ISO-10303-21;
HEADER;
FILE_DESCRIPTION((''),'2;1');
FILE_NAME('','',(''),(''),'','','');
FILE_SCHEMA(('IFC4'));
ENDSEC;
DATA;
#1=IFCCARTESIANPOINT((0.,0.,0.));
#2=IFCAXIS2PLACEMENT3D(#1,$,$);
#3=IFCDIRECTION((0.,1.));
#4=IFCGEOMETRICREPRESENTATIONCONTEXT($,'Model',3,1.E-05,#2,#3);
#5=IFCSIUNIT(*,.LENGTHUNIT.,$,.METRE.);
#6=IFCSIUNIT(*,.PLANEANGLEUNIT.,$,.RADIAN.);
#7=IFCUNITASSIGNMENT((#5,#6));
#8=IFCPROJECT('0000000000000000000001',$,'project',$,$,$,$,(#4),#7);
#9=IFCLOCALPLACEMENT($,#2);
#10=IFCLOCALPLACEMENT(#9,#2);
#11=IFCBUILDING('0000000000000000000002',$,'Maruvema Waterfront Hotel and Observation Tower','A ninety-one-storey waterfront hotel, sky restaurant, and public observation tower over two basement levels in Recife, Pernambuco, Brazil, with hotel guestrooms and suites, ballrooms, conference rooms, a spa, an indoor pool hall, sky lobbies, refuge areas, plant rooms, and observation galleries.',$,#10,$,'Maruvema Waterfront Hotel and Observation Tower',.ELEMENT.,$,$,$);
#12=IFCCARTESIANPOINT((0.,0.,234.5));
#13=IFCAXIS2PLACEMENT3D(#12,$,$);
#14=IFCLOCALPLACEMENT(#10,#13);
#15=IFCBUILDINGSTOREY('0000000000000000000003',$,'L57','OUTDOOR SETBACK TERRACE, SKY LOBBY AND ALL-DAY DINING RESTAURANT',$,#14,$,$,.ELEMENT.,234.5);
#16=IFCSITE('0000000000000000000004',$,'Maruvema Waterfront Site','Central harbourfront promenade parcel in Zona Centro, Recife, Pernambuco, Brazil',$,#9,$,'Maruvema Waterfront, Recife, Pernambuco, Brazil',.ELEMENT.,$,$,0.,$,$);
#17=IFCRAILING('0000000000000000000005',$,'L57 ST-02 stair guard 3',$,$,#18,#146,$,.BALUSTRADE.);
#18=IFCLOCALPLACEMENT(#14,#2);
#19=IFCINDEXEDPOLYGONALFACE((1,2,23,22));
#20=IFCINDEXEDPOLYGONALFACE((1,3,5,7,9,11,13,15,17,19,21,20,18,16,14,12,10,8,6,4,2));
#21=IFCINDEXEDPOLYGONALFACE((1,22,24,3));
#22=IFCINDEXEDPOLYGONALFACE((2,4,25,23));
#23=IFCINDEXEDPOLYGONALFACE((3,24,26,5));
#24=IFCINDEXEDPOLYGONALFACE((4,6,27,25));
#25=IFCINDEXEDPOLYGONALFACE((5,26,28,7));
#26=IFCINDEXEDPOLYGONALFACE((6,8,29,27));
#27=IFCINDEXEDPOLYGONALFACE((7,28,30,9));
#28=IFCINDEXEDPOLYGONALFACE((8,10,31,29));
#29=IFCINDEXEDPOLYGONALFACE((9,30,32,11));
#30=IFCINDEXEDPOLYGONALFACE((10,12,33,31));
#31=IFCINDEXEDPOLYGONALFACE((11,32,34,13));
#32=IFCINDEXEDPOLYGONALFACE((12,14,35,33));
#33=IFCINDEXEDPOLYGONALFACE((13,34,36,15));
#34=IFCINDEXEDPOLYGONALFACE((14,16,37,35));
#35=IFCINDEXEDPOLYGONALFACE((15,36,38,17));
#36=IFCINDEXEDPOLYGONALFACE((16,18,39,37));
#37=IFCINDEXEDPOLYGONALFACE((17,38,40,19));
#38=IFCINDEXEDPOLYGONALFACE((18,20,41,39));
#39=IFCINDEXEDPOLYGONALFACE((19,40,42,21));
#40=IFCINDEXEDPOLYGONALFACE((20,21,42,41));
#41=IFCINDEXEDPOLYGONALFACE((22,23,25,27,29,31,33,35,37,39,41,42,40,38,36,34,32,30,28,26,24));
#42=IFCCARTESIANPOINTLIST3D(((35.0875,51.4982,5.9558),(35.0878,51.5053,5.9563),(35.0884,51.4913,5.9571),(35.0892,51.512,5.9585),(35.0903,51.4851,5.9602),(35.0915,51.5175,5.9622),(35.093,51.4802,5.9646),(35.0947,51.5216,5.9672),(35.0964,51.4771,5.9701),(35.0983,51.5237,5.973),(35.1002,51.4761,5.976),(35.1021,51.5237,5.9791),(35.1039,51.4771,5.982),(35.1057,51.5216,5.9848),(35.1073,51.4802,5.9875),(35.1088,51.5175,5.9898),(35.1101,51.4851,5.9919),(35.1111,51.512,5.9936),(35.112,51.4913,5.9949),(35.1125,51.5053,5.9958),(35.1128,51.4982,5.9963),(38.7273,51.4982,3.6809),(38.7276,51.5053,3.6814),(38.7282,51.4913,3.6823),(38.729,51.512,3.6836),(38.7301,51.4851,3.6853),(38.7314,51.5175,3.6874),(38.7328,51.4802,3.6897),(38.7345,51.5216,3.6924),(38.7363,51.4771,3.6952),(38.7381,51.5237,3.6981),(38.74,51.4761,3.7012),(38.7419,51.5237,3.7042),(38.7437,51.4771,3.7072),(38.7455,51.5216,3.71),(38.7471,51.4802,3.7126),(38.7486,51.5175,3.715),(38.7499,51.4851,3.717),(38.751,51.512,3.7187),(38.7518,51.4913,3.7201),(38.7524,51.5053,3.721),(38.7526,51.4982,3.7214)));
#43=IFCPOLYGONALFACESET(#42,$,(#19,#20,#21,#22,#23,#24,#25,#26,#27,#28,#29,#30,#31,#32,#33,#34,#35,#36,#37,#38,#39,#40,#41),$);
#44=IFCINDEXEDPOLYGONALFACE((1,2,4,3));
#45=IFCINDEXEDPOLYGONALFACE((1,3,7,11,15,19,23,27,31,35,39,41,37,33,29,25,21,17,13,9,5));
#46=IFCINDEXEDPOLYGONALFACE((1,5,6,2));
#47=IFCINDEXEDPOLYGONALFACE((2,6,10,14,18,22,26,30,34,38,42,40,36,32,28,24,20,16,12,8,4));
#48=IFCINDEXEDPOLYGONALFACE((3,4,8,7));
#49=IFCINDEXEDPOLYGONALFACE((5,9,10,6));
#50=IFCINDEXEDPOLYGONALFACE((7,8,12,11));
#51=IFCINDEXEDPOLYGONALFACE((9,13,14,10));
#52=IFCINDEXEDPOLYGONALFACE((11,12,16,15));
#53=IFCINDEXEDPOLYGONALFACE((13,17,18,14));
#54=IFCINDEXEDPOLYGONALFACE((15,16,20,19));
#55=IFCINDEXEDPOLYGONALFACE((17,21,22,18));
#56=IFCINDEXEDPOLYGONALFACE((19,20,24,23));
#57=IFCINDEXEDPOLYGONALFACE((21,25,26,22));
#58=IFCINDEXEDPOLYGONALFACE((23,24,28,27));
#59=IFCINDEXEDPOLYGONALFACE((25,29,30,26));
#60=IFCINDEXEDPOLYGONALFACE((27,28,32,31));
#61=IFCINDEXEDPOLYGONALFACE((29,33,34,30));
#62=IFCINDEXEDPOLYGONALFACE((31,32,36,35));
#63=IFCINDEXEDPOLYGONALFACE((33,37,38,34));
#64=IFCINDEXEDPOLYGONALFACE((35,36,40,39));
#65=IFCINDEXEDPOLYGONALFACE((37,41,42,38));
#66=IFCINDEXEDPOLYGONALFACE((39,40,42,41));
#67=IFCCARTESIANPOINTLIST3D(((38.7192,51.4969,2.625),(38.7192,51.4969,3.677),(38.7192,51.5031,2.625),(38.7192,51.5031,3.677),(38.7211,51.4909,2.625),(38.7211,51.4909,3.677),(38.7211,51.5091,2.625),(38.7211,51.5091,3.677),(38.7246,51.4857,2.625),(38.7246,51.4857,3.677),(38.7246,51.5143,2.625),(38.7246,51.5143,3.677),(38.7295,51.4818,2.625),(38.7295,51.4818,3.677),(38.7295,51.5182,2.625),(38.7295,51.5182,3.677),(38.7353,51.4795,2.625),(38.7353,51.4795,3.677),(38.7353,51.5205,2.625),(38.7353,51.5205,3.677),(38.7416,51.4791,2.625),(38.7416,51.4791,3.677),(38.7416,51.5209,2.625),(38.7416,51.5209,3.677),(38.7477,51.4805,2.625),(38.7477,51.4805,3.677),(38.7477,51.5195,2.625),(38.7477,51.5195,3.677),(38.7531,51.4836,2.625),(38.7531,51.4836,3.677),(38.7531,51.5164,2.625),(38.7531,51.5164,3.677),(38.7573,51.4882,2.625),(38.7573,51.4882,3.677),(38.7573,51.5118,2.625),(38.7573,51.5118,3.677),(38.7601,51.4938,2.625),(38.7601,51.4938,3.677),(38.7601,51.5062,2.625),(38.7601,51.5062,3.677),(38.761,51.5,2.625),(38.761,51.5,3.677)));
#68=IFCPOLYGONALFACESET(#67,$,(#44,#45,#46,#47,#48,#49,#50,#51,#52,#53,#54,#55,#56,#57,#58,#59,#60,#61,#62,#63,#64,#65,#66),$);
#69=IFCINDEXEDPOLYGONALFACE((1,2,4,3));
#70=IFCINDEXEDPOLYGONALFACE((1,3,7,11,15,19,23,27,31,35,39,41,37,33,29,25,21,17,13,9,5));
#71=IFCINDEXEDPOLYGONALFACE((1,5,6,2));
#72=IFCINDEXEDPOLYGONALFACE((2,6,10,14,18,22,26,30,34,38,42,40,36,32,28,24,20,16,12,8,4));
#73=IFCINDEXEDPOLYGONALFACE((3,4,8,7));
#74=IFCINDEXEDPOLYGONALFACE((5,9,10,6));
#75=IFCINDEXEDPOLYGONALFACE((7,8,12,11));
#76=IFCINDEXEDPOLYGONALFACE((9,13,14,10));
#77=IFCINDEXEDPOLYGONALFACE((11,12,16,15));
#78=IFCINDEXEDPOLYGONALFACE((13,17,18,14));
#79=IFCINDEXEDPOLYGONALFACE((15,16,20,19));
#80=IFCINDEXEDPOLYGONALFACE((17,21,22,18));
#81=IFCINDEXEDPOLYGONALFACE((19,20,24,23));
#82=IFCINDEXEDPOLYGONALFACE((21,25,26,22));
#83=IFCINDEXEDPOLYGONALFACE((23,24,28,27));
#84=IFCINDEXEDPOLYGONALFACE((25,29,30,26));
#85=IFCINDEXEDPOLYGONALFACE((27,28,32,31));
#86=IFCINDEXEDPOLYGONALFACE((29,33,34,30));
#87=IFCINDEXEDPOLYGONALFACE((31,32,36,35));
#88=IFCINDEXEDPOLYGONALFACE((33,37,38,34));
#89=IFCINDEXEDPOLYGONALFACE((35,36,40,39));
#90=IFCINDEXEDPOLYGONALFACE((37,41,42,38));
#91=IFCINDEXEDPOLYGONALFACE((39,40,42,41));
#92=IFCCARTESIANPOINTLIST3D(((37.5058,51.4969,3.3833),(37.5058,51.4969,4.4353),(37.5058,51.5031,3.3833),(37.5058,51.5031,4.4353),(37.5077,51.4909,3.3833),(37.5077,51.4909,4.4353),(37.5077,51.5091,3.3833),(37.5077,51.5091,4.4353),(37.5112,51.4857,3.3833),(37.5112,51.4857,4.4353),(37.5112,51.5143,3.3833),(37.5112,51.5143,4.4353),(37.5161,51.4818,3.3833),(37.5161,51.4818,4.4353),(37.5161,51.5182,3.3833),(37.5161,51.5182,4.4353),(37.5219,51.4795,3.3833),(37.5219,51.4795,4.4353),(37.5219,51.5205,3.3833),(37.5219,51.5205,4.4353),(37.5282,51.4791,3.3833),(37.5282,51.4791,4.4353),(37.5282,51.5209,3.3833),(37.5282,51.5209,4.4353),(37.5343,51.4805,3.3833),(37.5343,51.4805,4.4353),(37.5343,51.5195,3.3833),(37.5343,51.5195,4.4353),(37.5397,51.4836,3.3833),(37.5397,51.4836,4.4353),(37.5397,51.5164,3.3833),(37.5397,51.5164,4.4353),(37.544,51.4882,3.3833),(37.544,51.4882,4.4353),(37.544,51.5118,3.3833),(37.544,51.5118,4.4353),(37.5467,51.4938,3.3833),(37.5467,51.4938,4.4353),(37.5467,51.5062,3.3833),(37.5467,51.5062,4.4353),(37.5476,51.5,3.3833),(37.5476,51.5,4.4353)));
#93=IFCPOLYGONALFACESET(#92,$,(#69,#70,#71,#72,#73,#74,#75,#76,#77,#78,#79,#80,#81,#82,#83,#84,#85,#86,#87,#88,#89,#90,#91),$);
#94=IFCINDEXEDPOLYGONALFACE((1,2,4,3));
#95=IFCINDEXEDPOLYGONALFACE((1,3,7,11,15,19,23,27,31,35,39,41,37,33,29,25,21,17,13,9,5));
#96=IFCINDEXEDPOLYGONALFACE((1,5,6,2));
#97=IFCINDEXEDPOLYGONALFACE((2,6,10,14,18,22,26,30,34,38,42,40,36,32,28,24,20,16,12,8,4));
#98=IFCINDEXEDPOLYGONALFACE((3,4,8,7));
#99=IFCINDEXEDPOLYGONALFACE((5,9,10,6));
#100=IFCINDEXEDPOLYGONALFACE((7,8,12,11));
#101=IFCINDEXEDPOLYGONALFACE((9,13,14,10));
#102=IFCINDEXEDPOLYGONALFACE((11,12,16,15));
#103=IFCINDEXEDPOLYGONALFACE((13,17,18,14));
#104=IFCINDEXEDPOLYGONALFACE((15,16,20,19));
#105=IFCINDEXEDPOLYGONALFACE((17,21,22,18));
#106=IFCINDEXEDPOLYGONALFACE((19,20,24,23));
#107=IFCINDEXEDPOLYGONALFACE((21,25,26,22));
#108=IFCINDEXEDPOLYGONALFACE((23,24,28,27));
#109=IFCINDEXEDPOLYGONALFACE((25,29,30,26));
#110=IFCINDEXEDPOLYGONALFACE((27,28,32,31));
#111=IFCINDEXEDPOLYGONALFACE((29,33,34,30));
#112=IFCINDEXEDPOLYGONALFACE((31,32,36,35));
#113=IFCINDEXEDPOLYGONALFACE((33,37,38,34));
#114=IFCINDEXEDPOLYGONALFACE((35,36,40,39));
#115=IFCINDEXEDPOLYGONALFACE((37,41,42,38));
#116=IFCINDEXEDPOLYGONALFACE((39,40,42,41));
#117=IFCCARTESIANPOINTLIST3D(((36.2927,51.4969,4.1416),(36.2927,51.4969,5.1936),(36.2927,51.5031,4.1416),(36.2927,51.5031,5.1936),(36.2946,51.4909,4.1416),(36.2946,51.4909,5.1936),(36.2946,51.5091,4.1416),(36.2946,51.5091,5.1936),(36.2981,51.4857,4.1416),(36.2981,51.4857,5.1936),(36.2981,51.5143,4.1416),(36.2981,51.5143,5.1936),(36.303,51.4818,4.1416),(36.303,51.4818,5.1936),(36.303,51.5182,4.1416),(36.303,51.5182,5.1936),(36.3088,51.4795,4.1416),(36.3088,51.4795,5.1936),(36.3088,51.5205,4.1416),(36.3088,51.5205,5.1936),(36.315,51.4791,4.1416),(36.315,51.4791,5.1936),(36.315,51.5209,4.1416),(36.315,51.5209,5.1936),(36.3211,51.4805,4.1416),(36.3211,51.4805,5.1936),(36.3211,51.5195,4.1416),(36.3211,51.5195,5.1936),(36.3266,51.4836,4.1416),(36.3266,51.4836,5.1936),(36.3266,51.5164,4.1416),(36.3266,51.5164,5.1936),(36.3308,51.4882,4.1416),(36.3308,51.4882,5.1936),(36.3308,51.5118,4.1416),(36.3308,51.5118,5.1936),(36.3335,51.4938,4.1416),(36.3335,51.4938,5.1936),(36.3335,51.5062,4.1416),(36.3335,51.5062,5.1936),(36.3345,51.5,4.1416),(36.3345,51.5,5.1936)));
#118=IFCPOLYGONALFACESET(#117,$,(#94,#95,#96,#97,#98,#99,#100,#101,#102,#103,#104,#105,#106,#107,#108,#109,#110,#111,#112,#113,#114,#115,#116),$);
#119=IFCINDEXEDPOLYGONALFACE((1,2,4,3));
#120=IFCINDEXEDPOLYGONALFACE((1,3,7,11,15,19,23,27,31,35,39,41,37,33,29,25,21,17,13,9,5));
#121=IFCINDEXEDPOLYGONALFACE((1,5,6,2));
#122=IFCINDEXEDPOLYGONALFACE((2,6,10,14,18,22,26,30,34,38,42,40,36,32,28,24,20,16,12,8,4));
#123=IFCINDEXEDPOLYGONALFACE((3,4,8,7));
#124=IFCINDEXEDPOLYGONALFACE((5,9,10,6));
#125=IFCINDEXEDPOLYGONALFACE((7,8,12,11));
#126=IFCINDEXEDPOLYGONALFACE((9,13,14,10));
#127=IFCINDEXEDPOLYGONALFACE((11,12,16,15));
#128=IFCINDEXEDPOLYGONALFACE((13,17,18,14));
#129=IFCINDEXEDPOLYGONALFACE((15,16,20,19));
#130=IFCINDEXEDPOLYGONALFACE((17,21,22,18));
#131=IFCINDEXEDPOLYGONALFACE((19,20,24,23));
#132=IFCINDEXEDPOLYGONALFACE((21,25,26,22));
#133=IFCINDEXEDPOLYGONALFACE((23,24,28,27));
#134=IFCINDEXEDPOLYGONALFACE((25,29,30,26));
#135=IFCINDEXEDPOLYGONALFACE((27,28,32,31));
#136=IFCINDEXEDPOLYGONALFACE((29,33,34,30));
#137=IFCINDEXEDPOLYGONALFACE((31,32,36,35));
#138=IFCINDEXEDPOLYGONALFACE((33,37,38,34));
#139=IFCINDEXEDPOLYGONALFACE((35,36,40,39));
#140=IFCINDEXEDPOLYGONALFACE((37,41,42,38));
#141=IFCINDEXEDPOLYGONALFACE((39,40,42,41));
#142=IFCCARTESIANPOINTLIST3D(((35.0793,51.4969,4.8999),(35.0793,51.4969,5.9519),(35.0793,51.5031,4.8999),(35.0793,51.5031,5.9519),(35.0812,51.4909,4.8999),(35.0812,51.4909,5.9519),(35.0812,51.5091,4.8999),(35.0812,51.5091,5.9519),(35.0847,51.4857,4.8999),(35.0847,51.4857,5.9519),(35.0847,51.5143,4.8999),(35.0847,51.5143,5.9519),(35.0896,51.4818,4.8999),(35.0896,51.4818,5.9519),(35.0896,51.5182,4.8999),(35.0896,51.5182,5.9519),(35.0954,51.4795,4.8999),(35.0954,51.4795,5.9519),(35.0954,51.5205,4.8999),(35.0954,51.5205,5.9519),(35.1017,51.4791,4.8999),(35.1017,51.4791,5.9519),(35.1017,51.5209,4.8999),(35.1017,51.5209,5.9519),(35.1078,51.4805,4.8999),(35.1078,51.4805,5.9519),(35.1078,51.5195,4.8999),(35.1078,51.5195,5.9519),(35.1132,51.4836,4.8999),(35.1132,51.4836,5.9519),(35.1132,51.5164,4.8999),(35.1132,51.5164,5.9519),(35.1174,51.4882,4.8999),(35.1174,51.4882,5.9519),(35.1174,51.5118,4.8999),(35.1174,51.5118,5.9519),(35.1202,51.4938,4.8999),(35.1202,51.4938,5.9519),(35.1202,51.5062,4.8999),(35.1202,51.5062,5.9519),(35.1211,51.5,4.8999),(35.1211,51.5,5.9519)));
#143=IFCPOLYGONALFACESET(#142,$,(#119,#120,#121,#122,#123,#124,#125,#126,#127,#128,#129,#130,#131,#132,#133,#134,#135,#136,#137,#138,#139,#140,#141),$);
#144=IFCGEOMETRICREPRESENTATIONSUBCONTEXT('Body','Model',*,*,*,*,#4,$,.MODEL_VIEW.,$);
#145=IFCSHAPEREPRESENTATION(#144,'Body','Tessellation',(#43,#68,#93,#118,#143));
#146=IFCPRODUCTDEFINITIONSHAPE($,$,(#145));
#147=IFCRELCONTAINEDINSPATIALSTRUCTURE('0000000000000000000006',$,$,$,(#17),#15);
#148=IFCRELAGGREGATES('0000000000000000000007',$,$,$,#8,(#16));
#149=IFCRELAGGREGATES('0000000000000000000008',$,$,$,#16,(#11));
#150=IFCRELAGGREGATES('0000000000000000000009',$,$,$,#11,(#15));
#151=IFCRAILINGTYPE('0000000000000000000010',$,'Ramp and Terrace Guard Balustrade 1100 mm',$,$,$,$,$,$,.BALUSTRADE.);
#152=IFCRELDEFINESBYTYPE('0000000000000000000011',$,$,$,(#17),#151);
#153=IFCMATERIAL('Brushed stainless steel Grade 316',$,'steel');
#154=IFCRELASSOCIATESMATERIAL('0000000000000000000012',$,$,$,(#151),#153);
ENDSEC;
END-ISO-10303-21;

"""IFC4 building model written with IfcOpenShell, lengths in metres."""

from ifc_helpers import new_model, si_unit, direction, frame, origin, origin_2d, place, context, subcontext, project, spatial, circle, extrude, material, type_object, element, save


model = new_model("IFC4")

# Units and contexts
model_context = context("Model", 3, precision=1e-05, world=origin(), true_north=direction((0.0, 1.0)))
body_context = subcontext(model_context, "Body", "Model", "MODEL_VIEW")
ifc_project = project(units=[si_unit("LENGTHUNIT", "METRE"), si_unit("PLANEANGLEUNIT", "RADIAN")], contexts=[model_context])

# Site, building, storey
site_placement = place(None, origin())
site = spatial("IfcSite", under=ifc_project, at=site_placement, Name="Maruvema Waterfront Site", Description="Central harbourfront promenade parcel in Zona Centro, Recife, Pernambuco, Brazil", LongName="Maruvema Waterfront, Recife, Pernambuco, Brazil", CompositionType="ELEMENT", RefElevation=0.0)
building_placement = place(site_placement, origin())
building = spatial("IfcBuilding", under=site, at=building_placement, Name="Maruvema Waterfront Hotel and Observation Tower", Description="A ninety-one-storey waterfront hotel, sky restaurant, and public observation tower over two basement levels in Recife, Pernambuco, Brazil, with hotel guestrooms and suites, ballrooms, conference rooms, a spa, an indoor pool hall, sky lobbies, refuge areas, plant rooms, and observation galleries.", LongName="Maruvema Waterfront Hotel and Observation Tower", CompositionType="ELEMENT")
storey_placement = place(building_placement, frame((0.0, 0.0, 234.5)))
storey = spatial("IfcBuildingStorey", under=building, at=storey_placement, Name="L57", Description="OUTDOOR SETBACK TERRACE, SKY LOBBY AND ALL-DAY DINING RESTAURANT", CompositionType="ELEMENT", Elevation=234.5)

# Railing
ifc_material_1 = material(Name="Brushed stainless steel Grade 316", Category="steel")
railing_type_1 = type_object("IfcRailingType", Name="Ramp and Terrace Guard Balustrade 1100 mm", PredefinedType="BALUSTRADE", material=ifc_material_1)
railing_1_placement = place(storey_placement, frame((38.74, 51.5, 2.625)))
element("IfcRailing", 1, at=railing_1_placement, inside=storey, type_object=railing_type_1, Name="L57 ST-02 stair guard 3", PredefinedType="BALUSTRADE", context=body_context, shape_type="SweptSolid", body=[
    extrude(circle(Radius=0.0239, at=origin_2d()), frame((0.0, 0.0, 1.0762), z_axis=(-0.848001, 0.0, 0.529994), x_axis=(0.0, -1.0, 0.0)), (0.0, 0.0, 1.0), 4.2922),
    extrude(circle(Radius=0.021, at=origin_2d()), origin(), (0.0, 0.0, 1.0), 1.052),
    extrude(circle(Radius=0.021, at=origin_2d()), frame((-1.2134, 0.0, 0.7583)), (0.0, 0.0, 1.0), 1.052),
    extrude(circle(Radius=0.021, at=origin_2d()), frame((-2.4265, 0.0, 1.5166)), (0.0, 0.0, 1.0), 1.052),
    extrude(circle(Radius=0.021, at=origin_2d()), frame((-3.6399, 0.0, 2.2749)), (0.0, 0.0, 1.0), 1.052),
])

save(model, "model.ifc")
